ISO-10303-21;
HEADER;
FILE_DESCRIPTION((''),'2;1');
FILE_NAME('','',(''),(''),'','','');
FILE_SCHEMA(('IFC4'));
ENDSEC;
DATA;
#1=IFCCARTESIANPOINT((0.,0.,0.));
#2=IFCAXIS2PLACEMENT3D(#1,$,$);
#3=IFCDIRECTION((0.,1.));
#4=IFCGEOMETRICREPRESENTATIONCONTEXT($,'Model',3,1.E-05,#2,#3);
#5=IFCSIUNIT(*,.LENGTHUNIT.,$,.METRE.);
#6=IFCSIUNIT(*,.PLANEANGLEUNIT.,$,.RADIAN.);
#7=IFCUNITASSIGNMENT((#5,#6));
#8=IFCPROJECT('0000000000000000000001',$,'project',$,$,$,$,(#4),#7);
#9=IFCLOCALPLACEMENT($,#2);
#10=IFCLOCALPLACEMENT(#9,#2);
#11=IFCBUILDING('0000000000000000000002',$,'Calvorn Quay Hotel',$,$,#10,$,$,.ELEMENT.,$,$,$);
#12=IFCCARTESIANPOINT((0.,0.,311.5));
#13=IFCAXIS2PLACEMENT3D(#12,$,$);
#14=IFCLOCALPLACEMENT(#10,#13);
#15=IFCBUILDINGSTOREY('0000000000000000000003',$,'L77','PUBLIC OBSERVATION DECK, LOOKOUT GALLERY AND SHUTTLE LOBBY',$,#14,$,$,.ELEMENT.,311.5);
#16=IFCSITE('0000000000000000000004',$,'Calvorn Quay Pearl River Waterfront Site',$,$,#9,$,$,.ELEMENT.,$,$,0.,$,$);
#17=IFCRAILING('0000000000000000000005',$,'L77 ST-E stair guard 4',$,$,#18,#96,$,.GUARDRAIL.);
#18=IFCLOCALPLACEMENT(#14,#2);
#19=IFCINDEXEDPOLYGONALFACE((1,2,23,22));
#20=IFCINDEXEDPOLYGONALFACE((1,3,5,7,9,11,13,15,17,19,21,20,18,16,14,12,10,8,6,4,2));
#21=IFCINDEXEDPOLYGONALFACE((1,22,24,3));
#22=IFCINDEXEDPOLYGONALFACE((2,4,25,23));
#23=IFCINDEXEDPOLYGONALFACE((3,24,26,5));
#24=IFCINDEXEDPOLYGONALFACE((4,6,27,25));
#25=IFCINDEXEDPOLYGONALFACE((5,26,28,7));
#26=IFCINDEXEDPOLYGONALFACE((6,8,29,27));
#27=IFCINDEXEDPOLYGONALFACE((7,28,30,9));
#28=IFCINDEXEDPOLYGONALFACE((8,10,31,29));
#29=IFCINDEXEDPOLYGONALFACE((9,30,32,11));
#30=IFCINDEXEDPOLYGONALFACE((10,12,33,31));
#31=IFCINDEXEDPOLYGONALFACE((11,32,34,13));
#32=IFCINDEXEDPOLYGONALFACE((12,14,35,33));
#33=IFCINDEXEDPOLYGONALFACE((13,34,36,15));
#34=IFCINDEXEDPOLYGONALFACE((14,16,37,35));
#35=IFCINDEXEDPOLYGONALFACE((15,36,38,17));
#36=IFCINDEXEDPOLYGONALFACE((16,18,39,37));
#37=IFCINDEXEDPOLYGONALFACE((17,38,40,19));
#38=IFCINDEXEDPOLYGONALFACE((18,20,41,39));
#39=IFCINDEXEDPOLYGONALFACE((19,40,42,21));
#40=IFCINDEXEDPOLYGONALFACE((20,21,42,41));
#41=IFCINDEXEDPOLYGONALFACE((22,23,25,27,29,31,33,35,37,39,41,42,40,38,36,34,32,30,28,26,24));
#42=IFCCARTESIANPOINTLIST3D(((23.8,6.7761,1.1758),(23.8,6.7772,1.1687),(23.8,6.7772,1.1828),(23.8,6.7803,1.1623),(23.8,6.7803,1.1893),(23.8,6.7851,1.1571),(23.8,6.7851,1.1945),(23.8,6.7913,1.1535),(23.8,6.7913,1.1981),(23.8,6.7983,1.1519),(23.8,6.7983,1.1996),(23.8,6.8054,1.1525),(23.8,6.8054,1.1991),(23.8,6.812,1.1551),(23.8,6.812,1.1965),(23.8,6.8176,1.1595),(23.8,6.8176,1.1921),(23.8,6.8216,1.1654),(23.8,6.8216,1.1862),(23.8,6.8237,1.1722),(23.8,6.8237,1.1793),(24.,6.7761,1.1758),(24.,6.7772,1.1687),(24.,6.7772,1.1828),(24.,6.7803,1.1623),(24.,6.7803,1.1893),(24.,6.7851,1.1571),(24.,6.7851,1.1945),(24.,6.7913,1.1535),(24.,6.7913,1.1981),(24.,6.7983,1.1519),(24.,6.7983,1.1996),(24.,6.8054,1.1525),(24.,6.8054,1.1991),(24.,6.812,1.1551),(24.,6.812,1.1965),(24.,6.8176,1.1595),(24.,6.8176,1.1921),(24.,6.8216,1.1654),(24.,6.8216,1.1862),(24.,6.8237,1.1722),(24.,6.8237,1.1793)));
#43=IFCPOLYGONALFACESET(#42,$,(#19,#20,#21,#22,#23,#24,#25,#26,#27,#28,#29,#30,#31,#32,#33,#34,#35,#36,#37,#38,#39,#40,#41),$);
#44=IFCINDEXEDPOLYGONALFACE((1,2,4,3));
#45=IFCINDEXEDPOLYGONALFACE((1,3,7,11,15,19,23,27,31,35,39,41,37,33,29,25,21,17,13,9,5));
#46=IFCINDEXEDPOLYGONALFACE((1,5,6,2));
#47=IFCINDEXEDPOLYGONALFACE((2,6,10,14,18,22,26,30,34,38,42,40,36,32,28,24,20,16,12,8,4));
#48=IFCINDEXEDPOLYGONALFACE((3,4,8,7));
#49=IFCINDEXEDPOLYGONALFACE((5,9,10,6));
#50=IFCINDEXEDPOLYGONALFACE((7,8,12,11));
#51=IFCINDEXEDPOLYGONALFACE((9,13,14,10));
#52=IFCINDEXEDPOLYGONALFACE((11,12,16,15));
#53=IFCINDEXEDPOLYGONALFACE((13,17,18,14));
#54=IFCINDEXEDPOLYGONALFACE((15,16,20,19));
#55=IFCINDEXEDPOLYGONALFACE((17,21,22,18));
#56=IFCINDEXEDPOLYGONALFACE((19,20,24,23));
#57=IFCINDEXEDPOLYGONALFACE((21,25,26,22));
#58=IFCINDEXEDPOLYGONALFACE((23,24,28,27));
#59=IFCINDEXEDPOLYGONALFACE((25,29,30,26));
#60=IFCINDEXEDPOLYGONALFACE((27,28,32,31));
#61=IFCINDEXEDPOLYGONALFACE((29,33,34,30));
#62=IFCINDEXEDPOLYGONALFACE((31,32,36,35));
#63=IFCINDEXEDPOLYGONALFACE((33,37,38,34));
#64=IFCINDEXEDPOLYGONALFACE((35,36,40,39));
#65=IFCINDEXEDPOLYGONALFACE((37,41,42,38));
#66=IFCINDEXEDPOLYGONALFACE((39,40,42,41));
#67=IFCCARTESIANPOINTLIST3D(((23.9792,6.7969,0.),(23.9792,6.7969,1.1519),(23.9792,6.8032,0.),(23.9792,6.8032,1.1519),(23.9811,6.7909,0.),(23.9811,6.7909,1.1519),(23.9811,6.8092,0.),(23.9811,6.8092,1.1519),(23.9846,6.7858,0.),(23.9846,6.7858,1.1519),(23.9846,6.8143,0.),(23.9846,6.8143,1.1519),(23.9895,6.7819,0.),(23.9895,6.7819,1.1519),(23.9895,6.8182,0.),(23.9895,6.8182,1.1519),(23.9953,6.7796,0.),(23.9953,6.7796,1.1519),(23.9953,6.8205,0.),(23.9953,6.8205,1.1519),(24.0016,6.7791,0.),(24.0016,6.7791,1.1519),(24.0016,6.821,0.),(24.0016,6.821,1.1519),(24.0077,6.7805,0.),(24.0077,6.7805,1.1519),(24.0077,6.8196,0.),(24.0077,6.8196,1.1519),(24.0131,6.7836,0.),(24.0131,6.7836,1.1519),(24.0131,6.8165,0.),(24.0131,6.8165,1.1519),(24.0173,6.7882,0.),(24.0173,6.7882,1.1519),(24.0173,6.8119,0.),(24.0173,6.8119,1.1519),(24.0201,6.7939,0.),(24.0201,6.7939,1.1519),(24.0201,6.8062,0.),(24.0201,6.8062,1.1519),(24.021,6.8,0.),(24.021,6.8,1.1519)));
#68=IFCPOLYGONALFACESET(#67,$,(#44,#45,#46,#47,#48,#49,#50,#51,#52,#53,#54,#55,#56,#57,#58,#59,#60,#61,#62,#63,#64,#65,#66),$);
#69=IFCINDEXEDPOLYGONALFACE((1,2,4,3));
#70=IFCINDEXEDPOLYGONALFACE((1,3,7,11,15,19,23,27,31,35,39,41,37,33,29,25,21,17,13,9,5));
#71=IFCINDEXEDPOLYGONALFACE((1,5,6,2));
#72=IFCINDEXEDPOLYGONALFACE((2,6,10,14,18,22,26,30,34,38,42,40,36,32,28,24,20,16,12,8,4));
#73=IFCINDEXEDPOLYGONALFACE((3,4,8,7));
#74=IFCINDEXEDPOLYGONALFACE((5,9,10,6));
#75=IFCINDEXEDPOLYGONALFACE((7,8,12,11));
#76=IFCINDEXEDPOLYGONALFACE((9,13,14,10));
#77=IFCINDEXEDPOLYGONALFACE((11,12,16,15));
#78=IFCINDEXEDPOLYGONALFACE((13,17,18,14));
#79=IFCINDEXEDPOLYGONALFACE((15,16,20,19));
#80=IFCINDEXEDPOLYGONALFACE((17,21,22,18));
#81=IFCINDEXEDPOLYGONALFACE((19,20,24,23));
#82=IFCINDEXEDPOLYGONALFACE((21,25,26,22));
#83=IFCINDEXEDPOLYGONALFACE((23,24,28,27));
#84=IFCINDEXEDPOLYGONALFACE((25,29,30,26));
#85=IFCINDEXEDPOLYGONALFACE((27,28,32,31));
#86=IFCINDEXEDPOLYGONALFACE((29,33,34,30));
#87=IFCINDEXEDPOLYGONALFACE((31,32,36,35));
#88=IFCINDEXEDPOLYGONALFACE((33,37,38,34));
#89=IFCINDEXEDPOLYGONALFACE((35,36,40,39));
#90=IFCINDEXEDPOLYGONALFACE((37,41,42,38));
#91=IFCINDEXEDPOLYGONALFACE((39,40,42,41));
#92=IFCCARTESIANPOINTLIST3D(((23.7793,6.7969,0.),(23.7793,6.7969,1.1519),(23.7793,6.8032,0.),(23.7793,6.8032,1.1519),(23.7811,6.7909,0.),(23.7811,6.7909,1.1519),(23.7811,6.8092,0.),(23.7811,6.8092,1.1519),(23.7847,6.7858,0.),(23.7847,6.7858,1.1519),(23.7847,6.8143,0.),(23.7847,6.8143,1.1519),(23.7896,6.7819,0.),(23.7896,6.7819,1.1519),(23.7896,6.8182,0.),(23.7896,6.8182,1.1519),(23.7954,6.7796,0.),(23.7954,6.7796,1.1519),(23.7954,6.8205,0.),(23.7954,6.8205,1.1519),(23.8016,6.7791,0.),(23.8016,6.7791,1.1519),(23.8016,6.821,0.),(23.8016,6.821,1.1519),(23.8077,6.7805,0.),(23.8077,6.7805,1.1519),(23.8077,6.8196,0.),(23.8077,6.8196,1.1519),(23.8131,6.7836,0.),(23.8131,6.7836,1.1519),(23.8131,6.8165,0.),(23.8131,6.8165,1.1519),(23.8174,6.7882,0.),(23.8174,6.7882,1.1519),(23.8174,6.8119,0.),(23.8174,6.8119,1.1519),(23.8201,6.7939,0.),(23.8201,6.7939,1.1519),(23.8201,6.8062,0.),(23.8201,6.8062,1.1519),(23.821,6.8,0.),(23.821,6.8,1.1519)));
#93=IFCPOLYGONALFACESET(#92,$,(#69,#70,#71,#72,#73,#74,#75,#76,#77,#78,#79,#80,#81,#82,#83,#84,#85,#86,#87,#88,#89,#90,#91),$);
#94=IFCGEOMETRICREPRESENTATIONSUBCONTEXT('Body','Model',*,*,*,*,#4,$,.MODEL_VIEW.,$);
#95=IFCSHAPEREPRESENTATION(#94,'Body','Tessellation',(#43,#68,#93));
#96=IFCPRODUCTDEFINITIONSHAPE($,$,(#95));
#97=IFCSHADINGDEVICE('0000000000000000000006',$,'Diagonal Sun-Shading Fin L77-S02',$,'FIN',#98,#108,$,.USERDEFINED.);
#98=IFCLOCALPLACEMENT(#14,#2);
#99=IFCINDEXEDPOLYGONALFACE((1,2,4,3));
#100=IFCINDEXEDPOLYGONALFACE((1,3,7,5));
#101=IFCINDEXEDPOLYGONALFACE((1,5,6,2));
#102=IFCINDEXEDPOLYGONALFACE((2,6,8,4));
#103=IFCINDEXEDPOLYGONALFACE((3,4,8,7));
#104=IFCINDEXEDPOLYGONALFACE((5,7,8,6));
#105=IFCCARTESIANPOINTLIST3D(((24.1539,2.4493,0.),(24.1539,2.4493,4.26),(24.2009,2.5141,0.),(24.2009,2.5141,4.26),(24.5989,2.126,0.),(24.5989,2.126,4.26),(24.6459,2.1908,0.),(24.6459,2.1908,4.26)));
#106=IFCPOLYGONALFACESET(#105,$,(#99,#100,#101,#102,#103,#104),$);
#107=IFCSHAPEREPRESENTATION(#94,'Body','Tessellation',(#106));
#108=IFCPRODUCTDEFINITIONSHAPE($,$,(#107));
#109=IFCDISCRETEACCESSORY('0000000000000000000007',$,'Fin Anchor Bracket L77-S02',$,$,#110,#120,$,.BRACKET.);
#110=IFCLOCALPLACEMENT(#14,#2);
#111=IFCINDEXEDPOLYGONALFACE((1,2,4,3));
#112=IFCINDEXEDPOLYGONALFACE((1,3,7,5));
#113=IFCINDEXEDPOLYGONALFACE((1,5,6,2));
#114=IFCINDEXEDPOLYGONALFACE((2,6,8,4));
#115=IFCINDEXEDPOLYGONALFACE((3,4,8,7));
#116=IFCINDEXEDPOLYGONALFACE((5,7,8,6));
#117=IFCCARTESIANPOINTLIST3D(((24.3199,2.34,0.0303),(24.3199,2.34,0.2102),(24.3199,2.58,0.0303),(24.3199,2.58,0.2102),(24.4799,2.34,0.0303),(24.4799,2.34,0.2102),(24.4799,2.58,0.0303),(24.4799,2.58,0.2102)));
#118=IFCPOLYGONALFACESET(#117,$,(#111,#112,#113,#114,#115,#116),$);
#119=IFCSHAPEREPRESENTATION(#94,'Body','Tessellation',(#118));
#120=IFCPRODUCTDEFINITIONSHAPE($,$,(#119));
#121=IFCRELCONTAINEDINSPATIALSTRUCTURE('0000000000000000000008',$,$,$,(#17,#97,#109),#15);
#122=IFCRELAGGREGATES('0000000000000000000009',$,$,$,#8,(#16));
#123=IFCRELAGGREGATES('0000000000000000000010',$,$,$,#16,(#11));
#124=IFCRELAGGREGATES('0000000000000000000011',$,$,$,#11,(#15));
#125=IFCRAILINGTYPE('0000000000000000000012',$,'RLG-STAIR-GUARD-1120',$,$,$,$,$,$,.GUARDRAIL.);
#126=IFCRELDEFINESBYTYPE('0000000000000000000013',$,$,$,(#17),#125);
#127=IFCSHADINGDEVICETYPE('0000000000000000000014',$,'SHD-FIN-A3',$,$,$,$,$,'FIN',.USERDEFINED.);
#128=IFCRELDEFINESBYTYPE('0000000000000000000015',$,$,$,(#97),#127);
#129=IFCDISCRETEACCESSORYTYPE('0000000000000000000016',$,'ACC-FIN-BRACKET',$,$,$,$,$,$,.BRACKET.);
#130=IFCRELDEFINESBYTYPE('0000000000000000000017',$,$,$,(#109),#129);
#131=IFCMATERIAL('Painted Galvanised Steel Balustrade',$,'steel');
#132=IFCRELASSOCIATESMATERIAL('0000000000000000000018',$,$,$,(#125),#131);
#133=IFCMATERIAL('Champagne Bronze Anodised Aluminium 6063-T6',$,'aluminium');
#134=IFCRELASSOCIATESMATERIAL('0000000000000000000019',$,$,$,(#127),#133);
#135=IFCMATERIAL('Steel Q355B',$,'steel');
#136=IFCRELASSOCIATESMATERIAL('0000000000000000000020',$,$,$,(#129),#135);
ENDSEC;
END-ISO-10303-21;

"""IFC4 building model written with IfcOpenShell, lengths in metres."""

from ifc_helpers import new_model, si_unit, direction, frame, origin, origin_2d, place, context, subcontext, project, spatial, rectangle, circle, extrude, material, type_object, element, save


model = new_model("IFC4")

# Units and contexts
model_context = context("Model", 3, precision=1e-05, world=origin(), true_north=direction((0.0, 1.0)))
body_context = subcontext(model_context, "Body", "Model", "MODEL_VIEW")
ifc_project = project(units=[si_unit("LENGTHUNIT", "METRE"), si_unit("PLANEANGLEUNIT", "RADIAN")], contexts=[model_context])

# Site, building, storey
site_placement = place(None, origin())
site = spatial("IfcSite", under=ifc_project, at=site_placement, Name="Calvorn Quay Pearl River Waterfront Site", CompositionType="ELEMENT", RefElevation=0.0)
building_placement = place(site_placement, origin())
building = spatial("IfcBuilding", under=site, at=building_placement, Name="Calvorn Quay Hotel", CompositionType="ELEMENT")
storey_placement = place(building_placement, frame((0.0, 0.0, 311.5)))
storey = spatial("IfcBuildingStorey", under=building, at=storey_placement, Name="L77", Description="PUBLIC OBSERVATION DECK, LOOKOUT GALLERY AND SHUTTLE LOBBY", CompositionType="ELEMENT", Elevation=311.5)

# Railing
ifc_material_1 = material(Name="Painted Galvanised Steel Balustrade", Category="steel")
railing_type_1 = type_object("IfcRailingType", Name="RLG-STAIR-GUARD-1120", PredefinedType="GUARDRAIL", material=ifc_material_1)
railing_1_placement = place(storey_placement, frame((24.0, 6.8, 0.0)))
element("IfcRailing", 1, at=railing_1_placement, inside=storey, type_object=railing_type_1, Name="L77 ST-E stair guard 4", PredefinedType="GUARDRAIL", context=body_context, shape_type="SweptSolid", body=[
    extrude(circle(Radius=0.0239, at=origin_2d()), frame((0.0, 0.0, 1.1758), z_axis=(-1.0, 0.0, 0.0), x_axis=(0.0, -1.0, 0.0)), (0.0, 0.0, 1.0), 0.2),
    extrude(circle(Radius=0.021, at=origin_2d()), origin(), (0.0, 0.0, 1.0), 1.1519),
    extrude(circle(Radius=0.021, at=origin_2d()), frame((-0.2, 0.0, 0.0)), (0.0, 0.0, 1.0), 1.1519),
])

# Shading device
ifc_material_2 = material(Name="Champagne Bronze Anodised Aluminium 6063-T6", Category="aluminium")
shading_device_type = type_object("IfcShadingDeviceType", Name="SHD-FIN-A3", ElementType="FIN", PredefinedType="USERDEFINED", material=ifc_material_2)
shading_device_placement = place(storey_placement, frame((24.3999, 2.3201, 0.0), z_axis=(0.0, 0.0, 1.0), x_axis=(-0.809017, 0.587785, 0.0)))
element("IfcShadingDevice", 2, at=shading_device_placement, inside=storey, type_object=shading_device_type, Name="Diagonal Sun-Shading Fin L77-S02", ObjectType="FIN", PredefinedType="USERDEFINED", context=body_context, shape_type="SweptSolid", body=[
    extrude(rectangle(XDim=0.55, YDim=0.0801, at=origin_2d()), origin(), (0.0, 0.0, 1.0), 4.26),
])

# Discrete accessory
ifc_material_3 = material(Name="Steel Q355B", Category="steel")
discrete_accessory_type = type_object("IfcDiscreteAccessoryType", Name="ACC-FIN-BRACKET", PredefinedType="BRACKET", material=ifc_material_3)
discrete_accessory_placement = place(storey_placement, frame((24.3999, 2.46, 0.0303), z_axis=(0.0, 0.0, 1.0), x_axis=(0.0, 1.0, 0.0)))
element("IfcDiscreteAccessory", 3, at=discrete_accessory_placement, inside=storey, type_object=discrete_accessory_type, Name="Fin Anchor Bracket L77-S02", PredefinedType="BRACKET", context=body_context, shape_type="SweptSolid", body=[
    extrude(rectangle(XDim=0.24, YDim=0.1599, at=origin_2d()), origin(), (0.0, 0.0, 1.0), 0.1799),
])

save(model, "model.ifc")
